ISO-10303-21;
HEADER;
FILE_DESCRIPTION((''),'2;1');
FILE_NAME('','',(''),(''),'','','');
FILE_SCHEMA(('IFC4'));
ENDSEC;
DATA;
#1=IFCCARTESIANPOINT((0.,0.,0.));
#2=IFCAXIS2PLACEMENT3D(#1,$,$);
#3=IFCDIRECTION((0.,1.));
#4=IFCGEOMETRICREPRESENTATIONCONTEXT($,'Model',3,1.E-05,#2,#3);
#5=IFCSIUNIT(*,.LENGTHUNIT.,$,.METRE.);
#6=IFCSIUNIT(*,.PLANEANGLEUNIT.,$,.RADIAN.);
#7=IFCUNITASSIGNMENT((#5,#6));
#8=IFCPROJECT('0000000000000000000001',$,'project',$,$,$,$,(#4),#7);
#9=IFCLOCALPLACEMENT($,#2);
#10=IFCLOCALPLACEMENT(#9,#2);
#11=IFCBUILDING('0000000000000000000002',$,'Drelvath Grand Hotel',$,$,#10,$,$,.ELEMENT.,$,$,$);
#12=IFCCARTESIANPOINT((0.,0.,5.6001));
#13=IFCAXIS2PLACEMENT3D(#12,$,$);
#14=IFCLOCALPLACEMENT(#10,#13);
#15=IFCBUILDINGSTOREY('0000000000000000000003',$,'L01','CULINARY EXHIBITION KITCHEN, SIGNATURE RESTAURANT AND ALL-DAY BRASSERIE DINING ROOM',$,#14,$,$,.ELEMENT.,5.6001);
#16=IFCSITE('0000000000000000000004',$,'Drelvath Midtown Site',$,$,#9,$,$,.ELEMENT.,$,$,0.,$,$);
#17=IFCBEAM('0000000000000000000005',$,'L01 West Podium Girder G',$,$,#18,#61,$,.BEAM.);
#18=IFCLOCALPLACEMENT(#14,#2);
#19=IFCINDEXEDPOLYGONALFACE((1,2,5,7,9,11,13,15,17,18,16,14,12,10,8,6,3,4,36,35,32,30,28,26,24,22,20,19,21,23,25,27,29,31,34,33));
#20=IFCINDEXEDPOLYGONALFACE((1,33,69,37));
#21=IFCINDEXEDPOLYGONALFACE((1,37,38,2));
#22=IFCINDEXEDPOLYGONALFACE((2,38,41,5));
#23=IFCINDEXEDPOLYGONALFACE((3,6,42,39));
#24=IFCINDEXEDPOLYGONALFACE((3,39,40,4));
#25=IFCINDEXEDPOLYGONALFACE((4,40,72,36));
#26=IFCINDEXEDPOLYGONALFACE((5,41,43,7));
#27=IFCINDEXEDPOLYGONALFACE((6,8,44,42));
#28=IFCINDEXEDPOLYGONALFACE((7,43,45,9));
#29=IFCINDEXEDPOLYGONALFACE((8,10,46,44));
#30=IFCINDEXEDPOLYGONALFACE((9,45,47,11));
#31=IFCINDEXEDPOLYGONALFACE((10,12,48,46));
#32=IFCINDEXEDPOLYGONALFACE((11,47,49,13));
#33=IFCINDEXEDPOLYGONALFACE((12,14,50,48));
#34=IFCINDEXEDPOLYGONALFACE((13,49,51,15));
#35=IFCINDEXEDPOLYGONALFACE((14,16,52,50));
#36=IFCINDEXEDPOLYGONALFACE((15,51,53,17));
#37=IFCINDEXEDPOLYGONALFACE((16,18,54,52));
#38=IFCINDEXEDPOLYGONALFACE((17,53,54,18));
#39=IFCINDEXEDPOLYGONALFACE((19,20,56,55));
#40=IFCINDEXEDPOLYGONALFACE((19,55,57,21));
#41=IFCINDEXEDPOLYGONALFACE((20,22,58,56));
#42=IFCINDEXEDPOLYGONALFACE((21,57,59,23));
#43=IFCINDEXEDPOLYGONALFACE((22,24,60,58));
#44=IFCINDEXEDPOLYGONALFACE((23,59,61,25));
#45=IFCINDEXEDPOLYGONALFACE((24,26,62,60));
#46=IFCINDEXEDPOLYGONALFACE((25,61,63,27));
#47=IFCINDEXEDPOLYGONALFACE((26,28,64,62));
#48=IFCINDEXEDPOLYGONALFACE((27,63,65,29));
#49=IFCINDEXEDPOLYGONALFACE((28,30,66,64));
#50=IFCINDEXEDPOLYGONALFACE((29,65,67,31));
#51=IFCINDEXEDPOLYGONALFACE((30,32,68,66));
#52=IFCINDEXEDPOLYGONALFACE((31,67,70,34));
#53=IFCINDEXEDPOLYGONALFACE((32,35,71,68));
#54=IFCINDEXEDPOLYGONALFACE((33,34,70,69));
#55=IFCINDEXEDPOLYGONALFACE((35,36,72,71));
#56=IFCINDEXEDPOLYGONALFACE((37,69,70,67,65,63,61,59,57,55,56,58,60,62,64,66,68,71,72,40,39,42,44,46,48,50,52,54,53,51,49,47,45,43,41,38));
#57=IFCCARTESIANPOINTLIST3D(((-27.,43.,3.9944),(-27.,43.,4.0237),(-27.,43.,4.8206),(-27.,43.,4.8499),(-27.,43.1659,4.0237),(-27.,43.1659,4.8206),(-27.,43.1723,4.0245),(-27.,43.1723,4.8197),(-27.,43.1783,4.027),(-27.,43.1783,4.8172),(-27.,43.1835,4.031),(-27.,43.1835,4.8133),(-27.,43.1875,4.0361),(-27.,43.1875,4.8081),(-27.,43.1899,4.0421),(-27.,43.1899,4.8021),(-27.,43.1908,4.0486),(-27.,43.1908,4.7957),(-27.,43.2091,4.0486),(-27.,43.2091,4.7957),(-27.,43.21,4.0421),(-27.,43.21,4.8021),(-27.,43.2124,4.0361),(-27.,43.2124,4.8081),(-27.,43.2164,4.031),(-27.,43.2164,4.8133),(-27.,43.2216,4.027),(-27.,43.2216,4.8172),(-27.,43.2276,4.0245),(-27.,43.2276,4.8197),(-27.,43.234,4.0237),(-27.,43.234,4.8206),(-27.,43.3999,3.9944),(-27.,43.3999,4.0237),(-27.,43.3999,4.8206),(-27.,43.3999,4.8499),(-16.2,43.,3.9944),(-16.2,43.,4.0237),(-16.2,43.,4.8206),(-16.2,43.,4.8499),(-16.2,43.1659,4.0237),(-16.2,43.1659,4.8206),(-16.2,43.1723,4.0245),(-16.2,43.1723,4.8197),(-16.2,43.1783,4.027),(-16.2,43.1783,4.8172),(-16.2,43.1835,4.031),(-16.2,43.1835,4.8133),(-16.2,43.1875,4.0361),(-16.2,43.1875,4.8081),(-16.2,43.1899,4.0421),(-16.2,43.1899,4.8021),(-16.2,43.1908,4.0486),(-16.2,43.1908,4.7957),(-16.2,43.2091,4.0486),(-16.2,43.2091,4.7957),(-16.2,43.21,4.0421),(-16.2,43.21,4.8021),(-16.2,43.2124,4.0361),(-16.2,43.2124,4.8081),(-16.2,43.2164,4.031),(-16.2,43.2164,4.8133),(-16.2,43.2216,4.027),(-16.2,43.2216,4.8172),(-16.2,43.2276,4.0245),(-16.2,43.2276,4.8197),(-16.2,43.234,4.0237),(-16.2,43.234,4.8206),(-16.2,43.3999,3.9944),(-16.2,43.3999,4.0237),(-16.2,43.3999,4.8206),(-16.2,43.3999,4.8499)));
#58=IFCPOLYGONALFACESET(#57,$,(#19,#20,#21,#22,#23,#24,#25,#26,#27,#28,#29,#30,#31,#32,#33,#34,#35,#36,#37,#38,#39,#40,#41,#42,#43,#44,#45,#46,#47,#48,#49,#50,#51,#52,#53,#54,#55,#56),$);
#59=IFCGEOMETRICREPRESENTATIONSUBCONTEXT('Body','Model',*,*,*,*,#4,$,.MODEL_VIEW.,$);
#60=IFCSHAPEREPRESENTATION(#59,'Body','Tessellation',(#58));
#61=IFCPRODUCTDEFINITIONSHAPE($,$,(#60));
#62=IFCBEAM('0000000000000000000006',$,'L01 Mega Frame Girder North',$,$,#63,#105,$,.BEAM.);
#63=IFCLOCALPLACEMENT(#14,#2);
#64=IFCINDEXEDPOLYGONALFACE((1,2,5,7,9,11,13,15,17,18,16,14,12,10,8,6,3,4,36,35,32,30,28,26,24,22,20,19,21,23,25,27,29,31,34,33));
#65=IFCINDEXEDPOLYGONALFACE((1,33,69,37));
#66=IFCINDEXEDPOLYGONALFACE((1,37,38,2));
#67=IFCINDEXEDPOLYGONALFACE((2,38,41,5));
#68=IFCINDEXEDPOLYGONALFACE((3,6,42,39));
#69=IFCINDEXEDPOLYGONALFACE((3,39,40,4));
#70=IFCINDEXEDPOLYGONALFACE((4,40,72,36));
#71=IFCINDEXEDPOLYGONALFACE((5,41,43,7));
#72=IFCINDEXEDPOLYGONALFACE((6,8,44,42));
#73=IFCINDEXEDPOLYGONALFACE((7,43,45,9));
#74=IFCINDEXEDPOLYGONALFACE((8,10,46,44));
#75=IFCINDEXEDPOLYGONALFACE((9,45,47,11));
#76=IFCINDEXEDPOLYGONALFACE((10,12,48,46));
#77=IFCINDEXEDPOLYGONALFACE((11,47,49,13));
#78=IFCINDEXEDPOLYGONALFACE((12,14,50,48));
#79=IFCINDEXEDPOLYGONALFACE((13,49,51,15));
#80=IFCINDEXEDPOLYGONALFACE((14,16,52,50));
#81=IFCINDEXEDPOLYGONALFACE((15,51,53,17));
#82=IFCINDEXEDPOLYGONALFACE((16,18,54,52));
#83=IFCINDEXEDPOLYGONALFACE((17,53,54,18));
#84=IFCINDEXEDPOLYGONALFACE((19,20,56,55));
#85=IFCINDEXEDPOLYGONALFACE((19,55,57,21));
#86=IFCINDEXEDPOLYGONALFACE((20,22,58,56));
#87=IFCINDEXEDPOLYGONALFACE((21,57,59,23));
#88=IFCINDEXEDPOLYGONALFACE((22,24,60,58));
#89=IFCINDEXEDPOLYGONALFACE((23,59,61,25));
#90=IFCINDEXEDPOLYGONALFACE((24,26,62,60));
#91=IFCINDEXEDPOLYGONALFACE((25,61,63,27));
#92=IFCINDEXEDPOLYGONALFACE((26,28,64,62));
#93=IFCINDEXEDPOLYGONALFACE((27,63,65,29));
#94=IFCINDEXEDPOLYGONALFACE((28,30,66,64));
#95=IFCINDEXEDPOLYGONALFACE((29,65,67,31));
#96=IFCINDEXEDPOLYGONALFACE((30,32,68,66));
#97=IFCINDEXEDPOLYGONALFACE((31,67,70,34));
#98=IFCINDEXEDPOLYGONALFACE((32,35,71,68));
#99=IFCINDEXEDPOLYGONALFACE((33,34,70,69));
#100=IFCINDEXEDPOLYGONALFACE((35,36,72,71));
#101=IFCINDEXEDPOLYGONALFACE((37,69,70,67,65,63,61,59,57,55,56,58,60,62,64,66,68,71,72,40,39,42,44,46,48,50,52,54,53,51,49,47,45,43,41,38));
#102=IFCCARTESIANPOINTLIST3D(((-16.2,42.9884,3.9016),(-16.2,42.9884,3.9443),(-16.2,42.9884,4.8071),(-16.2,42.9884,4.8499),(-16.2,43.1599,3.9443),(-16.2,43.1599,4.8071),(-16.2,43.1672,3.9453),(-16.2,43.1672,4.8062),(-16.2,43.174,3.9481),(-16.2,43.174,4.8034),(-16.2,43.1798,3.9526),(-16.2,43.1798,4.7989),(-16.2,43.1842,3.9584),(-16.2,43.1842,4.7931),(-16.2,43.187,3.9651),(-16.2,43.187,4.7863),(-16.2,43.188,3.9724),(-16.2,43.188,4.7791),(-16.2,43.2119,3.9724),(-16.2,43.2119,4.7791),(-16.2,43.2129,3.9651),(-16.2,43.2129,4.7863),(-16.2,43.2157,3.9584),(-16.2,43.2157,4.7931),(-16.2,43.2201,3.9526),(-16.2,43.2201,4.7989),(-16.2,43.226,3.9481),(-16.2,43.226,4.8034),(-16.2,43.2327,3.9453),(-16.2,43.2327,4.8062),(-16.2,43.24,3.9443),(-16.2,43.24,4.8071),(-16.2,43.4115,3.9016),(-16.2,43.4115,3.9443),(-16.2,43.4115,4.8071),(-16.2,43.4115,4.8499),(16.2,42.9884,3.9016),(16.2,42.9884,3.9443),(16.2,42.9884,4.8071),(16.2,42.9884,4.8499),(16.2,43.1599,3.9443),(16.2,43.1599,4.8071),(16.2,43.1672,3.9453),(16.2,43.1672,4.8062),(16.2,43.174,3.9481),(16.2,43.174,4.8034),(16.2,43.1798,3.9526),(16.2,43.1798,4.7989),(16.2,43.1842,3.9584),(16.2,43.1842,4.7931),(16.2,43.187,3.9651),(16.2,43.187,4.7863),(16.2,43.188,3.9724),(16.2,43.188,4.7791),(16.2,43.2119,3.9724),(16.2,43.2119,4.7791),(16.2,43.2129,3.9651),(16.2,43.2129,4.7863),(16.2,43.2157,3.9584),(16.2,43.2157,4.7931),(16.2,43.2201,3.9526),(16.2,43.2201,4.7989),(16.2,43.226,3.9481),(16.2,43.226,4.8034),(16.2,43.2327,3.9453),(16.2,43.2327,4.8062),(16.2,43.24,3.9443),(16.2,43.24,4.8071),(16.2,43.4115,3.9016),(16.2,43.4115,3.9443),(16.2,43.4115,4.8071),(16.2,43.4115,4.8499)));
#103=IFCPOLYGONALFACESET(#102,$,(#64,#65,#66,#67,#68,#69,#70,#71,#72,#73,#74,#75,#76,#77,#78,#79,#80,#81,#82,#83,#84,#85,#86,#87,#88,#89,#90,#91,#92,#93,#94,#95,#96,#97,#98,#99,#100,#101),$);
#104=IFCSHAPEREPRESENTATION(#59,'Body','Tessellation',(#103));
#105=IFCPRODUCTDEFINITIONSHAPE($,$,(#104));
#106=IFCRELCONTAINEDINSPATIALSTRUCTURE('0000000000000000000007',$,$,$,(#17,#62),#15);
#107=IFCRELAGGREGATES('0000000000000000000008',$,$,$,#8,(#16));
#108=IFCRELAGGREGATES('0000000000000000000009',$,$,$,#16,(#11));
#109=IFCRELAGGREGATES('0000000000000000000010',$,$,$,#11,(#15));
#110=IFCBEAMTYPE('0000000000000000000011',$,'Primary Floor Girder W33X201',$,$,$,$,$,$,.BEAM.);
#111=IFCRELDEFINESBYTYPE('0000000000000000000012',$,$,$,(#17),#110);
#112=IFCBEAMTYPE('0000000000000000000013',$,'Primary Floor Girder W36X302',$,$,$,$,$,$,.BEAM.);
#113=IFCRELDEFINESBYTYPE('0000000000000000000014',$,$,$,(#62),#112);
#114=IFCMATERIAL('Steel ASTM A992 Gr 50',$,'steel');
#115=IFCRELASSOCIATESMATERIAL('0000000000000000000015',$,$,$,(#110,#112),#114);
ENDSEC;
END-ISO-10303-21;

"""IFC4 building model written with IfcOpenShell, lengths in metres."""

from ifc_helpers import new_model, si_unit, direction, frame, origin, origin_2d, place, context, subcontext, project, spatial, i_section, extrude, material, material_profile, profile_set, type_object, element, save


model = new_model("IFC4")

# Units and contexts
model_context = context("Model", 3, precision=1e-05, world=origin(), true_north=direction((0.0, 1.0)))
body_context = subcontext(model_context, "Body", "Model", "MODEL_VIEW")
ifc_project = project(units=[si_unit("LENGTHUNIT", "METRE"), si_unit("PLANEANGLEUNIT", "RADIAN")], contexts=[model_context])

# Site, building, storey
site_placement = place(None, origin())
site = spatial("IfcSite", under=ifc_project, at=site_placement, Name="Drelvath Midtown Site", CompositionType="ELEMENT", RefElevation=0.0)
building_placement = place(site_placement, origin())
building = spatial("IfcBuilding", under=site, at=building_placement, Name="Drelvath Grand Hotel", CompositionType="ELEMENT")
storey_placement = place(building_placement, frame((0.0, 0.0, 5.6001)))
storey = spatial("IfcBuildingStorey", under=building, at=storey_placement, Name="L01", Description="CULINARY EXHIBITION KITCHEN, SIGNATURE RESTAURANT AND ALL-DAY BRASSERIE DINING ROOM", CompositionType="ELEMENT", Elevation=5.6001)

# Beams
ifc_material_1 = material(Name="Steel ASTM A992 Gr 50", Category="steel")
ifc_material_profile_1 = material_profile(ifc_material_1, i_section(OverallWidth=0.3999, OverallDepth=0.8555, WebThickness=0.0183, FlangeThickness=0.0293, FilletRadius=0.0249, at=origin_2d()), Name="W33X201")
ifc_profile_set_1 = profile_set([ifc_material_profile_1], Name="Steel ASTM A992 Gr 50")
beam_type_1 = type_object("IfcBeamType", Name="Primary Floor Girder W33X201", PredefinedType="BEAM", material=ifc_profile_set_1)
beam_1_placement = place(storey_placement, frame((-27.0, 43.2, 4.4221), z_axis=(1.0, 0.0, 0.0), x_axis=(0.0, 1.0, 0.0)))
element("IfcBeam", 1, at=beam_1_placement, inside=storey, type_object=beam_type_1, Name="L01 West Podium Girder G", PredefinedType="BEAM", context=body_context, shape_type="SweptSolid", body=[
    extrude(i_section(OverallWidth=0.3999, OverallDepth=0.8555, WebThickness=0.0183, FlangeThickness=0.0293, FilletRadius=0.0249, at=origin_2d()), origin(), (0.0, 0.0, 1.0), 10.8),
])
ifc_material_profile_2 = material_profile(ifc_material_1, i_section(OverallWidth=0.4231, OverallDepth=0.9482, WebThickness=0.0239, FlangeThickness=0.0427, FilletRadius=0.0281, at=origin_2d()), Name="W36X302")
ifc_profile_set_2 = profile_set([ifc_material_profile_2], Name="Steel ASTM A992 Gr 50")
beam_type_2 = type_object("IfcBeamType", Name="Primary Floor Girder W36X302", PredefinedType="BEAM", material=ifc_profile_set_2)
beam_2_placement = place(storey_placement, frame((-16.2, 43.2, 4.3757), z_axis=(1.0, 0.0, 0.0), x_axis=(0.0, 1.0, 0.0)))
element("IfcBeam", 2, at=beam_2_placement, inside=storey, type_object=beam_type_2, Name="L01 Mega Frame Girder North", PredefinedType="BEAM", context=body_context, shape_type="SweptSolid", body=[
    extrude(i_section(OverallWidth=0.4231, OverallDepth=0.9482, WebThickness=0.0239, FlangeThickness=0.0427, FilletRadius=0.0281, at=origin_2d()), origin(), (0.0, 0.0, 1.0), 32.3999),
])

save(model, "model.ifc")
